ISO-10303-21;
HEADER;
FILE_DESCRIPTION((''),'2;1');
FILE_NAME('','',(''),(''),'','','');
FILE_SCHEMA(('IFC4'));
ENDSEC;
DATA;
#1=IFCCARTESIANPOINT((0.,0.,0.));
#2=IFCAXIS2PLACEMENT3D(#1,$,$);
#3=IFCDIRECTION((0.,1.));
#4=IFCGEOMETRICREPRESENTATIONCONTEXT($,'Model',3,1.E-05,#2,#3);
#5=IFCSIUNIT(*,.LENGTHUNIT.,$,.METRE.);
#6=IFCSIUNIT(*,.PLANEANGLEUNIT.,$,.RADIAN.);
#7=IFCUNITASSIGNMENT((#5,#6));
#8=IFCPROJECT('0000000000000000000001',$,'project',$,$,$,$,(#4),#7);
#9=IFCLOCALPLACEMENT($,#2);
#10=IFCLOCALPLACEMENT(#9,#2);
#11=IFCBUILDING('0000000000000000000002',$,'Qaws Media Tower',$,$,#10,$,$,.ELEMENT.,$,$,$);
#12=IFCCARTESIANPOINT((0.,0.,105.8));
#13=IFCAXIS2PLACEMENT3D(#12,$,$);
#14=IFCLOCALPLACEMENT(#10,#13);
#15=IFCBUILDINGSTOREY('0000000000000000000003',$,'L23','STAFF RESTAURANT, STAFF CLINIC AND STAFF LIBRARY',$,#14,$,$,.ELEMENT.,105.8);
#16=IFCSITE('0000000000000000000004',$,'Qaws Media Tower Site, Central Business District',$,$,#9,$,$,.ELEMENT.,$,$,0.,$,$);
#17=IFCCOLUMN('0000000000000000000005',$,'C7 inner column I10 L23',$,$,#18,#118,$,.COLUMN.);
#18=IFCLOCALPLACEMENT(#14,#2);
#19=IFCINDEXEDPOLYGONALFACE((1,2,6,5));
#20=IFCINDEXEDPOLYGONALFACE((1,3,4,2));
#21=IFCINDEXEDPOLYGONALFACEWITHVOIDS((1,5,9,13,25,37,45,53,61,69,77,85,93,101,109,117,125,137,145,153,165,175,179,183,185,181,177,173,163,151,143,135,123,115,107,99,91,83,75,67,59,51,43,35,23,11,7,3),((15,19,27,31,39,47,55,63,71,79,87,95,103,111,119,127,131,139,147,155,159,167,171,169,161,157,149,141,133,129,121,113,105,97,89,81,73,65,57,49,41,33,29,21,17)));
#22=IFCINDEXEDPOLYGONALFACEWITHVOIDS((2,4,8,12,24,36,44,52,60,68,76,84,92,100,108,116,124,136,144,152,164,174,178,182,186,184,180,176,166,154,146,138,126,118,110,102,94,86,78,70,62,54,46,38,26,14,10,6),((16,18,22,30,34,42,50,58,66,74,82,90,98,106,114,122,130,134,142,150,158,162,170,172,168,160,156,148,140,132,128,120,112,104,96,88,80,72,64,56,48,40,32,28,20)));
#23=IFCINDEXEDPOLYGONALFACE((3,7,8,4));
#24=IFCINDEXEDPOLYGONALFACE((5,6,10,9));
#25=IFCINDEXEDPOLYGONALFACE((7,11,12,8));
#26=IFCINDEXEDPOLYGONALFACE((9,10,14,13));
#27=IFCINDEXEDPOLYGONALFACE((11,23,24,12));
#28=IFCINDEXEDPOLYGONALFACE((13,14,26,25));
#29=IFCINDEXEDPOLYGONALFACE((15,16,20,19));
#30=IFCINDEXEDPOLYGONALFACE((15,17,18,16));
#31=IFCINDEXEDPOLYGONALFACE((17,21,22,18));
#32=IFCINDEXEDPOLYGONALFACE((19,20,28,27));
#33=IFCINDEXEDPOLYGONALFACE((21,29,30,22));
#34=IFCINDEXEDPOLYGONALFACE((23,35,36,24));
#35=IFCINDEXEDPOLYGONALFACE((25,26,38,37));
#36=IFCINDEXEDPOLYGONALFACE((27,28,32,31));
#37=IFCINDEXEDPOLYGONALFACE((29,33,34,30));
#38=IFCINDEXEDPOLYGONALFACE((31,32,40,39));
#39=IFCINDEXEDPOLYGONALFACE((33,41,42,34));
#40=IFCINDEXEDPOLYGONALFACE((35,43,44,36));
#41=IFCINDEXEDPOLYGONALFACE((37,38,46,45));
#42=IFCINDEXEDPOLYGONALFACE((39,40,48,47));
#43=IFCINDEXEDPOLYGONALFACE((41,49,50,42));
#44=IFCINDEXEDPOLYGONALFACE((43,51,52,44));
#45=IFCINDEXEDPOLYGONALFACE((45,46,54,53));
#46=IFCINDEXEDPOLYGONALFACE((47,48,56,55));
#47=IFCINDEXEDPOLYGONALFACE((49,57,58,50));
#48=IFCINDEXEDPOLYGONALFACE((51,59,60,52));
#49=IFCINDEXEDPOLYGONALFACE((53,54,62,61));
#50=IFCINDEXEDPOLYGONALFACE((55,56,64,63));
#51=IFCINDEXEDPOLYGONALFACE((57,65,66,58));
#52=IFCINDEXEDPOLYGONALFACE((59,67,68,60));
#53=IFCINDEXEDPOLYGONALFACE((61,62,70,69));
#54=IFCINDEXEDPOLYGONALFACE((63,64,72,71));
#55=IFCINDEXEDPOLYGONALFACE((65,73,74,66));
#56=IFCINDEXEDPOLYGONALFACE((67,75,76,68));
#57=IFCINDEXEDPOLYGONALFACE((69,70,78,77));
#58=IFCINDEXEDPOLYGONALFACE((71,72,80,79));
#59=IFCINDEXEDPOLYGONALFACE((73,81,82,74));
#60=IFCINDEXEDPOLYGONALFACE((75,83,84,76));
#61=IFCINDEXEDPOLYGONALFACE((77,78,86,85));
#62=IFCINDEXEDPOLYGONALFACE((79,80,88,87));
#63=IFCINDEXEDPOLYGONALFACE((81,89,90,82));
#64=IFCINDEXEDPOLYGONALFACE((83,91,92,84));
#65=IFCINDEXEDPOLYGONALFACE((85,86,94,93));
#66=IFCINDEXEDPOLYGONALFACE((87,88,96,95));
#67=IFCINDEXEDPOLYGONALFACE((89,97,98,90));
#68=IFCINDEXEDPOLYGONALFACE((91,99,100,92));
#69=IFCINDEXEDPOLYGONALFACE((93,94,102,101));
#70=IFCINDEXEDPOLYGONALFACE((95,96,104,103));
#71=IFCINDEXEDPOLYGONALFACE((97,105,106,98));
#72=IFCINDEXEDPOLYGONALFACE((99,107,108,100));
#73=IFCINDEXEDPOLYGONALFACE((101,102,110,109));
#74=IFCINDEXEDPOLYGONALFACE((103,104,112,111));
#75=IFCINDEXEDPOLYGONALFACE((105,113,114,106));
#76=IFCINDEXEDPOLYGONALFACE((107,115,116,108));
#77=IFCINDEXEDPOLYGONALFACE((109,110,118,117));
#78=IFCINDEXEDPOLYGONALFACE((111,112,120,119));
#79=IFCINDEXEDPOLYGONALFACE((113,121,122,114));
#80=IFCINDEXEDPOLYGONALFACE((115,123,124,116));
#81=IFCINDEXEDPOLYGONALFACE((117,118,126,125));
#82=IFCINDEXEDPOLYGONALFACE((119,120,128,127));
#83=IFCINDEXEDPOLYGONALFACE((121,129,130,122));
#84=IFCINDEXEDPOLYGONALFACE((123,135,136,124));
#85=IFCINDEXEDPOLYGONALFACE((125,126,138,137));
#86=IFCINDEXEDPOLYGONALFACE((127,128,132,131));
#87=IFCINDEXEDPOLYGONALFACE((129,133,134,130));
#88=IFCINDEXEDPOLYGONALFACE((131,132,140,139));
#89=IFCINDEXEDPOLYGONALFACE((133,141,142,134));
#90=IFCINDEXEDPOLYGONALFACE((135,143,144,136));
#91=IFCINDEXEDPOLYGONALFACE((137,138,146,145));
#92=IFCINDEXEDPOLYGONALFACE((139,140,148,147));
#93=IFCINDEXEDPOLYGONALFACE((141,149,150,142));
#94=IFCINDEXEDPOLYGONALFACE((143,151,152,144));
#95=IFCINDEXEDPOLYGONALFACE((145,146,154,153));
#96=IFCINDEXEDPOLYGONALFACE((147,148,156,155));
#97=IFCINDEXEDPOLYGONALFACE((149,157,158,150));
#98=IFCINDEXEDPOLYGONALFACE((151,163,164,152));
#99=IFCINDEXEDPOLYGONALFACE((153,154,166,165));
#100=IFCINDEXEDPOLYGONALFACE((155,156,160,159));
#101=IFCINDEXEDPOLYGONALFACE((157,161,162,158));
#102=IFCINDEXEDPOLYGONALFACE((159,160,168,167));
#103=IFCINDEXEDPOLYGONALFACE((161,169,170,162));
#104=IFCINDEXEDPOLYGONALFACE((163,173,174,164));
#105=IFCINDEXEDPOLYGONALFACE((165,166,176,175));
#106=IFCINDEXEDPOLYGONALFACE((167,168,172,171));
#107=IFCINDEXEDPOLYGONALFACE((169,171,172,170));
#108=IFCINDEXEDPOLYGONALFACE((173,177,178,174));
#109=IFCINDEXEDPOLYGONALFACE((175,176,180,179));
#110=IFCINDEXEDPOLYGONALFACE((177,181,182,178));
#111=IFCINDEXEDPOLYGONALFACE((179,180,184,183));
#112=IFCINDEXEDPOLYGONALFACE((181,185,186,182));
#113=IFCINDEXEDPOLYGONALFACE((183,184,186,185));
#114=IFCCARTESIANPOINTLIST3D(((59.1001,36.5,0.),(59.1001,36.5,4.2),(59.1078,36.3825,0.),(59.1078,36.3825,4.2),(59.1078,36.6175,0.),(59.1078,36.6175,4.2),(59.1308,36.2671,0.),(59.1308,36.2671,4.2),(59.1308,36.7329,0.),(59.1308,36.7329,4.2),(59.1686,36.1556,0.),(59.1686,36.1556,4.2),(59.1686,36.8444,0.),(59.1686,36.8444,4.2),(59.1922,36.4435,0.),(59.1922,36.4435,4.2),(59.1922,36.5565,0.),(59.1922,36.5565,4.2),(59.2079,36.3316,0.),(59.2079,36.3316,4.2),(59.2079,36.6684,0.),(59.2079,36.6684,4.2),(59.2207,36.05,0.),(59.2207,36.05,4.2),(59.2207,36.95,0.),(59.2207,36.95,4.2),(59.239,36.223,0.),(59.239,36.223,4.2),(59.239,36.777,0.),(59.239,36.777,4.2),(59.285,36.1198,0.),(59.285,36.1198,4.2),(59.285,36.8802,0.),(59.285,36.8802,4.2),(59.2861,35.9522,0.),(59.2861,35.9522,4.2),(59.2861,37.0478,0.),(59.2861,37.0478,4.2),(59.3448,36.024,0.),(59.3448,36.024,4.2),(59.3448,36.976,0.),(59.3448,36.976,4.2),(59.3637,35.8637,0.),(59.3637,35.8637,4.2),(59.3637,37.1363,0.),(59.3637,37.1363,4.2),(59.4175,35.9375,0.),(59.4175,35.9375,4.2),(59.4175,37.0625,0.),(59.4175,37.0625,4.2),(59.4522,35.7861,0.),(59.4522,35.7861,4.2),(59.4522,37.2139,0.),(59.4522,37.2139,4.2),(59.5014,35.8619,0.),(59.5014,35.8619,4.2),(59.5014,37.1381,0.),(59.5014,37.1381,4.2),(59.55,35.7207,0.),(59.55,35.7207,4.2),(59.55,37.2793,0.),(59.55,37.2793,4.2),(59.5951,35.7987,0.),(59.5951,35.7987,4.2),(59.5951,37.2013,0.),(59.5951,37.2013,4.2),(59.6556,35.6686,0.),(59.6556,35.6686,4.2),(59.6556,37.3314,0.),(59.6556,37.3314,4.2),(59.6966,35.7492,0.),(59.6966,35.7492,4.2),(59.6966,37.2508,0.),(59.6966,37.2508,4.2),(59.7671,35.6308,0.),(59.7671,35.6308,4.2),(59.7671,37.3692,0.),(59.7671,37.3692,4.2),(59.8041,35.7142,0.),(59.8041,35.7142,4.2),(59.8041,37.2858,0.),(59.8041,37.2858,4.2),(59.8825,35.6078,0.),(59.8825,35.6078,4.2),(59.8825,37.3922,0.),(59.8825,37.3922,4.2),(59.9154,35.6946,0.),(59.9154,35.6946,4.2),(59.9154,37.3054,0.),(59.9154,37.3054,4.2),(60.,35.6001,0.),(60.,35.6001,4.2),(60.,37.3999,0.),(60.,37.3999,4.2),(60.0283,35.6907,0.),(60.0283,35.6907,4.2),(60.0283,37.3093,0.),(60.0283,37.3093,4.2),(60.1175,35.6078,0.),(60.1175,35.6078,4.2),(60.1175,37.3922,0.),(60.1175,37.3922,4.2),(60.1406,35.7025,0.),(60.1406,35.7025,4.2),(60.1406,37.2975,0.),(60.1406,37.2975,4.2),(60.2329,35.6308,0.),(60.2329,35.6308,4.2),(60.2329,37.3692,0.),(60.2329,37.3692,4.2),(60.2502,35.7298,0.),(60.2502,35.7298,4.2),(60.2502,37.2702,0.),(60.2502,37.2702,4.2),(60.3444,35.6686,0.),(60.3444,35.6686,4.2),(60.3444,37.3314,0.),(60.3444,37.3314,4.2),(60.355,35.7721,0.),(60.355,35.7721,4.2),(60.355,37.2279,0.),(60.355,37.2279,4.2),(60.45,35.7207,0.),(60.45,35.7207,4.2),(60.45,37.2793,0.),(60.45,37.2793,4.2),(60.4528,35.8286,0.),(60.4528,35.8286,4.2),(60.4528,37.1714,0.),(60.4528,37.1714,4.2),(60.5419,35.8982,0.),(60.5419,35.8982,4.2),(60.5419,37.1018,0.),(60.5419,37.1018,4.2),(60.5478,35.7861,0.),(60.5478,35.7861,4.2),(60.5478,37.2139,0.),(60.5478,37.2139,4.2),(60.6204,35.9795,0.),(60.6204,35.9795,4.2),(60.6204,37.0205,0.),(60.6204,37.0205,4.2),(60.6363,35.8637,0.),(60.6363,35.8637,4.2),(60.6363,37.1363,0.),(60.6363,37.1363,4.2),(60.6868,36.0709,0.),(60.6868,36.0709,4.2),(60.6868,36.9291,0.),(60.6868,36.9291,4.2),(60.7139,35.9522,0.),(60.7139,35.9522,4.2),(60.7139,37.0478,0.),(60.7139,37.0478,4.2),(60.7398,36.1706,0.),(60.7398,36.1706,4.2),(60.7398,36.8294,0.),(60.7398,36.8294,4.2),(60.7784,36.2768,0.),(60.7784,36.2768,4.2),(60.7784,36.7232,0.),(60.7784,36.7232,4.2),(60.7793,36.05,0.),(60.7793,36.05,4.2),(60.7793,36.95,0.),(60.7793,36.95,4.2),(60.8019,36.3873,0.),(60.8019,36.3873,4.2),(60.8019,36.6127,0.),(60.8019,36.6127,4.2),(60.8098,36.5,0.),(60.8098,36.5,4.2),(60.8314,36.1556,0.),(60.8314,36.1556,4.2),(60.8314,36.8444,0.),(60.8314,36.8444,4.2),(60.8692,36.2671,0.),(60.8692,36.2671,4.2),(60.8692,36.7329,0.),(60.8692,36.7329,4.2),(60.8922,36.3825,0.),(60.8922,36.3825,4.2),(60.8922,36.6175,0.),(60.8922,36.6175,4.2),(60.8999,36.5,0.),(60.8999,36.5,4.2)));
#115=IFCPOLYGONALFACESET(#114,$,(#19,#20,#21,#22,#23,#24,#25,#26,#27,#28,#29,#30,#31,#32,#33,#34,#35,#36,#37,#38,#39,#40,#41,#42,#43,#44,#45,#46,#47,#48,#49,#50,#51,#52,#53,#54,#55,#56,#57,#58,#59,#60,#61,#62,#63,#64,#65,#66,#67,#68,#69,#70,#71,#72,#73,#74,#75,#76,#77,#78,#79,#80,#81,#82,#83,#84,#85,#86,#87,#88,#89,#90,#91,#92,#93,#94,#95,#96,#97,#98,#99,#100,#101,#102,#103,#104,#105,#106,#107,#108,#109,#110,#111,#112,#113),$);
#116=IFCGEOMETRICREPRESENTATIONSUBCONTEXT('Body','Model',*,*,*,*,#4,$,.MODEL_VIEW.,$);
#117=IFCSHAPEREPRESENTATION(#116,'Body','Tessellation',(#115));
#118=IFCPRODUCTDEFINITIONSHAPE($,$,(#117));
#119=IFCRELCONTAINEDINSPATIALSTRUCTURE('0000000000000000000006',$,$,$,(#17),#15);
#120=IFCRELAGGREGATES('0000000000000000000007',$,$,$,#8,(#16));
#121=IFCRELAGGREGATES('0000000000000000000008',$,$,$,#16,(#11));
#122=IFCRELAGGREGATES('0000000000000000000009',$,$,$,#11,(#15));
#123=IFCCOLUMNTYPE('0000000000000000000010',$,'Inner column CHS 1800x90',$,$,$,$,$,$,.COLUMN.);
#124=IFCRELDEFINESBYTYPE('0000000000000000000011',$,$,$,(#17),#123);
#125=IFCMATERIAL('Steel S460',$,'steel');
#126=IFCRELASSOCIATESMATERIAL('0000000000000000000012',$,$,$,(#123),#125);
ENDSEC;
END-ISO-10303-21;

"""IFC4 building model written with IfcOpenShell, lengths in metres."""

from ifc_helpers import new_model, si_unit, direction, frame, origin, origin_2d, place, context, subcontext, project, spatial, hollow_circle, extrude, material, material_profile, profile_set, type_object, element, save


model = new_model("IFC4")

# Units and contexts
model_context = context("Model", 3, precision=1e-05, world=origin(), true_north=direction((0.0, 1.0)))
body_context = subcontext(model_context, "Body", "Model", "MODEL_VIEW")
ifc_project = project(units=[si_unit("LENGTHUNIT", "METRE"), si_unit("PLANEANGLEUNIT", "RADIAN")], contexts=[model_context])

# Site, building, storey
site_placement = place(None, origin())
site = spatial("IfcSite", under=ifc_project, at=site_placement, Name="Qaws Media Tower Site, Central Business District", CompositionType="ELEMENT", RefElevation=0.0)
building_placement = place(site_placement, origin())
building = spatial("IfcBuilding", under=site, at=building_placement, Name="Qaws Media Tower", CompositionType="ELEMENT")
storey_placement = place(building_placement, frame((0.0, 0.0, 105.8)))
storey = spatial("IfcBuildingStorey", under=building, at=storey_placement, Name="L23", Description="STAFF RESTAURANT, STAFF CLINIC AND STAFF LIBRARY", CompositionType="ELEMENT", Elevation=105.8)

# Column
ifc_material_1 = material(Name="Steel S460", Category="steel")
ifc_material_profile_1 = material_profile(ifc_material_1, hollow_circle(Radius=0.8999, WallThickness=0.0901, at=origin_2d()), Name="CHS 1800x90")
ifc_profile_set_1 = profile_set([ifc_material_profile_1], Name="Steel S460")
column_type = type_object("IfcColumnType", Name="Inner column CHS 1800x90", PredefinedType="COLUMN", material=ifc_profile_set_1)
for number, where, z_axis, x_axis, name in (
    (1, (60.0, 36.5, 0.0), (0.0, 0.0, 1.0), (1.0, 0.0, 0.0), "C7 inner column I10 L23"),
):
    element("IfcColumn", number, at=place(storey_placement, frame(where, z_axis=z_axis, x_axis=x_axis)), inside=storey, type_object=column_type, Name=name, PredefinedType="COLUMN", context=body_context, shape_type="SweptSolid", body=[
        extrude(hollow_circle(Radius=0.8999, WallThickness=0.0901, at=origin_2d()), origin(), (0.0, 0.0, 1.0), 4.2),
    ])

save(model, "model.ifc")
